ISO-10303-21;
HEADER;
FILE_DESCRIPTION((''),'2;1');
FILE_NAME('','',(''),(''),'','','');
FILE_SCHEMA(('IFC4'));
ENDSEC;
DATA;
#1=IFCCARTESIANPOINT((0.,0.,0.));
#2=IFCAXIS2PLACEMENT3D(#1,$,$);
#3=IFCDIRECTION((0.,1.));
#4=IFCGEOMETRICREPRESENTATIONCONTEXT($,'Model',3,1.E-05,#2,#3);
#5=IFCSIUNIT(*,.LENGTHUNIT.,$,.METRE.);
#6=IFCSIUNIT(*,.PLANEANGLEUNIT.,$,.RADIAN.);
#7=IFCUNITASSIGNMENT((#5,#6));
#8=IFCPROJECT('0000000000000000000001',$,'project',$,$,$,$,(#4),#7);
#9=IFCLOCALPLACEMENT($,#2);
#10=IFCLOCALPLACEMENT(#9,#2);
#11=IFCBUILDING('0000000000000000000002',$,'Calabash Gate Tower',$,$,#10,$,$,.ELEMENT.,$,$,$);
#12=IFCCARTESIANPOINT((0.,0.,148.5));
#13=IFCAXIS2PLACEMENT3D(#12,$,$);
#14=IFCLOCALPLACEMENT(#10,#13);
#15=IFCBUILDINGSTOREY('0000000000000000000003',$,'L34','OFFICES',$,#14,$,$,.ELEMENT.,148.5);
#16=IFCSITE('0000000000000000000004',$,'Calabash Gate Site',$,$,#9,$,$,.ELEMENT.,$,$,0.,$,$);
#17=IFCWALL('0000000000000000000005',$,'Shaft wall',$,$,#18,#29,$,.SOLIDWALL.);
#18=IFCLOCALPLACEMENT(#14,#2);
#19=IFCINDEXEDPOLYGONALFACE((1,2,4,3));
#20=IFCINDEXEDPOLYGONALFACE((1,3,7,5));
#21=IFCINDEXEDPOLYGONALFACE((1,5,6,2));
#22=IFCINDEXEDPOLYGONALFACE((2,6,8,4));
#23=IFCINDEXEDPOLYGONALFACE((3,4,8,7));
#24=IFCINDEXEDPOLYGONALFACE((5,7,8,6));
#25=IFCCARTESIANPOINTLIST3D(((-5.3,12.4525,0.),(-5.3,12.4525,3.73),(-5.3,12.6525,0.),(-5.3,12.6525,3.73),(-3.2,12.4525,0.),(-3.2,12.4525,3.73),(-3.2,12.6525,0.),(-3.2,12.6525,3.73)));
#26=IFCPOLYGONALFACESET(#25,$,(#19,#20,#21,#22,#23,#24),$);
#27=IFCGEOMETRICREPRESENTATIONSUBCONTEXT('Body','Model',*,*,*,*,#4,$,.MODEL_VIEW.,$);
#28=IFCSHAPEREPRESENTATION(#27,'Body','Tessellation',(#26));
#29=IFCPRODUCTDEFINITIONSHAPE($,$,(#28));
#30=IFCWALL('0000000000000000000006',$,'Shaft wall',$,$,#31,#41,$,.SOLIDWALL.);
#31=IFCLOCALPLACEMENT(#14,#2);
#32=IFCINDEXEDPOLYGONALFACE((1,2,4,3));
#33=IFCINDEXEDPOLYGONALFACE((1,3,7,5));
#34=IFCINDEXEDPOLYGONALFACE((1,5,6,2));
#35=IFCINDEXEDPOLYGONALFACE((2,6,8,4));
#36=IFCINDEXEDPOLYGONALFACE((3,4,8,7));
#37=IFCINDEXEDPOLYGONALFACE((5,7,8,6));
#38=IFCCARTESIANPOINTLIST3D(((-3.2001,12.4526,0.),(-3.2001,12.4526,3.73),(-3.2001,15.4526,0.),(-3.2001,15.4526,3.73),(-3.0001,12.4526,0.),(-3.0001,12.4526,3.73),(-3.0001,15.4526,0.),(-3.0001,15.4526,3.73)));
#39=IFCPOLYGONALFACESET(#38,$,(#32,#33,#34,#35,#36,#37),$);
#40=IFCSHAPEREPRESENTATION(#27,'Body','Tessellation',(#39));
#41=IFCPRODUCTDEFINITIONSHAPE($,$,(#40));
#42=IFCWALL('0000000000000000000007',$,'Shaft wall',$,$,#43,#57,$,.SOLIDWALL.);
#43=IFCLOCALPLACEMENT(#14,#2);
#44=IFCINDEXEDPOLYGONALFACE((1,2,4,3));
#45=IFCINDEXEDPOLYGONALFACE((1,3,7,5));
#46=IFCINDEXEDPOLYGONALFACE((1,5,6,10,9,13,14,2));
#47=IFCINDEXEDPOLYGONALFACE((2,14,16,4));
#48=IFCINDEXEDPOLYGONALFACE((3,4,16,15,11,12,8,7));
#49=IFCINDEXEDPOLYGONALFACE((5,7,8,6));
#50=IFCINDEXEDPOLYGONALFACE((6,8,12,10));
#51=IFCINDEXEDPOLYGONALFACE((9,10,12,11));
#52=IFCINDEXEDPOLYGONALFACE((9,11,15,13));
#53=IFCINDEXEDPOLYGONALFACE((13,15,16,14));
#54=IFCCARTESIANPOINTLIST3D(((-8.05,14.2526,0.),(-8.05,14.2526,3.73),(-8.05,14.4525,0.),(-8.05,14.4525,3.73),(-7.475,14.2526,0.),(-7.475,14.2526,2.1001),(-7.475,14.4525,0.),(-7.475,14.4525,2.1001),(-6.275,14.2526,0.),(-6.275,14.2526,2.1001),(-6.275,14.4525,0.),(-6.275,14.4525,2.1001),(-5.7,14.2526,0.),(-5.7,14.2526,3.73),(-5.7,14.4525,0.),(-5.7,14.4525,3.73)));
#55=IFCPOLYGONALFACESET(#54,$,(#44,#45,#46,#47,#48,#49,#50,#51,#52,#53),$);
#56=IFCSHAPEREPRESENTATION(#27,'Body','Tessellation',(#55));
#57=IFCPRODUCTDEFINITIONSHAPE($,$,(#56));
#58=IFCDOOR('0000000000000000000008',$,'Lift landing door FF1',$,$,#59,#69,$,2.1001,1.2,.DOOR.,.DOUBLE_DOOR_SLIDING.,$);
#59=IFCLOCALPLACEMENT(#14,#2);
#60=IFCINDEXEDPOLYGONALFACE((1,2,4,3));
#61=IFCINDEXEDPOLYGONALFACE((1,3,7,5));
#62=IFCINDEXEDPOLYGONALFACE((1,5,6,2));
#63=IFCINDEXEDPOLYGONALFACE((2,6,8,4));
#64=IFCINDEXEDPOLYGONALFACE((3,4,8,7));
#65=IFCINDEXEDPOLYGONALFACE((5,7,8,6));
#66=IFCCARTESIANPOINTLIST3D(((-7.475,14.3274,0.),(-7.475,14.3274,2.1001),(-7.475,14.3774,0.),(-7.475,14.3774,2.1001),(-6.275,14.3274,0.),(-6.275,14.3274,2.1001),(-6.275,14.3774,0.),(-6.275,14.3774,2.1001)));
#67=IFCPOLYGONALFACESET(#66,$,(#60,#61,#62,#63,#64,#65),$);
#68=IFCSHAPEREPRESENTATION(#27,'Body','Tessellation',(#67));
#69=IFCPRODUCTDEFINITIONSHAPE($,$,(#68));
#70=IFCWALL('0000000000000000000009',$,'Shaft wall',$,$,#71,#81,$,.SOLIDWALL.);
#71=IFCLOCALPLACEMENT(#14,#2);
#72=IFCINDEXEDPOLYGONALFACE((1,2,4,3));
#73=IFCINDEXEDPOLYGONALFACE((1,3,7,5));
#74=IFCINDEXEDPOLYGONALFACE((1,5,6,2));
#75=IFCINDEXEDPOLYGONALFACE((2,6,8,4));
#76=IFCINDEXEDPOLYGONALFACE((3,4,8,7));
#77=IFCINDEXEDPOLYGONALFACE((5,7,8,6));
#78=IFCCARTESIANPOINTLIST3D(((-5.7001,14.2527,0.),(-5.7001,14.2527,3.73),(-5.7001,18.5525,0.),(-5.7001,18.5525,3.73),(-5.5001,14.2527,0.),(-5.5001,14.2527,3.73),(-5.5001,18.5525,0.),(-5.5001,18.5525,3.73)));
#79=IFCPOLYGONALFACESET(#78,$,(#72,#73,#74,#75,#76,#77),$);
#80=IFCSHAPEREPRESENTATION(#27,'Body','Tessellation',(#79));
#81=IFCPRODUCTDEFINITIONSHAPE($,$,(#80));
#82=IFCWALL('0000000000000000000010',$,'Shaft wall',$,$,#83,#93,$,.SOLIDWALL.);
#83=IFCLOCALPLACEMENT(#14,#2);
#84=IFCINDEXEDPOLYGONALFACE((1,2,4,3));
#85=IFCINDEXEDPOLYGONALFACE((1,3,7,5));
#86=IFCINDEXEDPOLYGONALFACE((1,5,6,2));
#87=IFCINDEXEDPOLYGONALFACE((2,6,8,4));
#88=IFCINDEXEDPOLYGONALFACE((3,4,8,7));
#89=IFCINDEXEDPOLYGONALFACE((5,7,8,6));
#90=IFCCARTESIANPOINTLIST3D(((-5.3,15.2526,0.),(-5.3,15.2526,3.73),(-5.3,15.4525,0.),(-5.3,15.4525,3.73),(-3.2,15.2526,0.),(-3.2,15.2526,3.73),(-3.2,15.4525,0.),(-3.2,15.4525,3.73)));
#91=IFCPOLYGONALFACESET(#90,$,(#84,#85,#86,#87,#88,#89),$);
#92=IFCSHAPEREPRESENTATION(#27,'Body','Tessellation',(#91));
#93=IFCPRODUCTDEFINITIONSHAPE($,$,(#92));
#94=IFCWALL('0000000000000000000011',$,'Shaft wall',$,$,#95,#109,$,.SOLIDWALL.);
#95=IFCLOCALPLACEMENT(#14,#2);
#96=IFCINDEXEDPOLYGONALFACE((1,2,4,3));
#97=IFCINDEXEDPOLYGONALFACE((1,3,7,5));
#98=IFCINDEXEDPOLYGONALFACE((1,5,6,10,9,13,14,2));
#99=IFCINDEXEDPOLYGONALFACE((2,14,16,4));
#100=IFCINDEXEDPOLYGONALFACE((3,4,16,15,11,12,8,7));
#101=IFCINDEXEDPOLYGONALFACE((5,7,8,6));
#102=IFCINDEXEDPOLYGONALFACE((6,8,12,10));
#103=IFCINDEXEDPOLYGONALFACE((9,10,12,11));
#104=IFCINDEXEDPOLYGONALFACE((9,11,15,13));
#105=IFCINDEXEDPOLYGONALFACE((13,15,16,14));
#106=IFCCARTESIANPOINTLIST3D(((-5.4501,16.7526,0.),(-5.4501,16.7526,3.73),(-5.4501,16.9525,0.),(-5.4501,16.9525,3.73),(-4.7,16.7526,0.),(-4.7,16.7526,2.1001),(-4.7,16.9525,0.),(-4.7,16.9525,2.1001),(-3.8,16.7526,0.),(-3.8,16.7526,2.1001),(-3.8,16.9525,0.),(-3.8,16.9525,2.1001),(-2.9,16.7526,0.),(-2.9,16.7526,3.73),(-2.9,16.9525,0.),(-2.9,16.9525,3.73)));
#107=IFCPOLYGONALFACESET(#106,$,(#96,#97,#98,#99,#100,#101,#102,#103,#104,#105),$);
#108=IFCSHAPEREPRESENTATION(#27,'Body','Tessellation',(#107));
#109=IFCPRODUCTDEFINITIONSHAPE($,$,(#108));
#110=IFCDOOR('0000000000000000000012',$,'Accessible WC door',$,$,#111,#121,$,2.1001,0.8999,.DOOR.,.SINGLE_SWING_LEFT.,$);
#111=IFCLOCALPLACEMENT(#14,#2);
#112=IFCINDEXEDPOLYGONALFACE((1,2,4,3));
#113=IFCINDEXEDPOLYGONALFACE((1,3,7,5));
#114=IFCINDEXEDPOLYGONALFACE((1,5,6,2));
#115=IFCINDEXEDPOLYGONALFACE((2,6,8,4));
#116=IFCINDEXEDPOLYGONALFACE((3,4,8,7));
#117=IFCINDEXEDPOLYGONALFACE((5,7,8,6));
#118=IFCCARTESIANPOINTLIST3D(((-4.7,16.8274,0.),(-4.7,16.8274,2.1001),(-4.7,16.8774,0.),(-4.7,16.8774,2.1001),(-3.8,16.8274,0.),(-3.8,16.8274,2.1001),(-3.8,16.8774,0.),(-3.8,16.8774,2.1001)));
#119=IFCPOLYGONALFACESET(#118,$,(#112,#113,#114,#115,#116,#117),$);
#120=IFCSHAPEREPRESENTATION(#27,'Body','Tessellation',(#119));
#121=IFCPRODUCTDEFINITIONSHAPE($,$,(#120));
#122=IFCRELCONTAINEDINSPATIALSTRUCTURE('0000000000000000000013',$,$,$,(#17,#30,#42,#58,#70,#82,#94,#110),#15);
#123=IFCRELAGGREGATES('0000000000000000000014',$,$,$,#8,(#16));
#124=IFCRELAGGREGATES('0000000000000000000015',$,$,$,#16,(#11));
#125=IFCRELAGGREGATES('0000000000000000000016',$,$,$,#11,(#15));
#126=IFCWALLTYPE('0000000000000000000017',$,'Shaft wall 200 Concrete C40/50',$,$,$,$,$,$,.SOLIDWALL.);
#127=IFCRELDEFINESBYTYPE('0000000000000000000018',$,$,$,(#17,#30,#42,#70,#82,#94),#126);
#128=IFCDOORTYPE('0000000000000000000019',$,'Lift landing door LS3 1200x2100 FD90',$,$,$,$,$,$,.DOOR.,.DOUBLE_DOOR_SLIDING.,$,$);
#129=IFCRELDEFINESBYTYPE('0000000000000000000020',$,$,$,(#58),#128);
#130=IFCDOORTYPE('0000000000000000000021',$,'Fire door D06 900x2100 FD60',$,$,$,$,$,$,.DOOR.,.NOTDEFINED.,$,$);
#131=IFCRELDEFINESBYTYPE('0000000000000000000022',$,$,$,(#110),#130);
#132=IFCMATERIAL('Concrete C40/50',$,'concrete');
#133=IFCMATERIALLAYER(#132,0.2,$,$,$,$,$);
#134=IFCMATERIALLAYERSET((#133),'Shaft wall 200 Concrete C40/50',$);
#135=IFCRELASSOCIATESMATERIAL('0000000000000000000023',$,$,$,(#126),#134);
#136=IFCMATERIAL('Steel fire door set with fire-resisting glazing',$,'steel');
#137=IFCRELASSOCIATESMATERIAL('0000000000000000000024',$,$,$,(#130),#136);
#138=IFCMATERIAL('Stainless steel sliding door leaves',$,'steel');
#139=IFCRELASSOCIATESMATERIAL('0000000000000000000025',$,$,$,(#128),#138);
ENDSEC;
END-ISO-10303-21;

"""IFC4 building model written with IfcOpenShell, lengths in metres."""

from ifc_helpers import new_model, si_unit, direction, frame, frame_2d, origin, place, context, subcontext, project, spatial, rectangle, extrude, material, layer, layer_set, type_object, element, fill, save


model = new_model("IFC4")

# Units and contexts
model_context = context("Model", 3, precision=1e-05, world=origin(), true_north=direction((0.0, 1.0)))
body_context = subcontext(model_context, "Body", "Model", "MODEL_VIEW")
ifc_project = project(units=[si_unit("LENGTHUNIT", "METRE"), si_unit("PLANEANGLEUNIT", "RADIAN")], contexts=[model_context])

# Site, building, storey
site_placement = place(None, origin())
site = spatial("IfcSite", under=ifc_project, at=site_placement, Name="Calabash Gate Site", CompositionType="ELEMENT", RefElevation=0.0)
building_placement = place(site_placement, origin())
building = spatial("IfcBuilding", under=site, at=building_placement, Name="Calabash Gate Tower", CompositionType="ELEMENT")
storey_placement = place(building_placement, frame((0.0, 0.0, 148.5)))
storey = spatial("IfcBuildingStorey", under=building, at=storey_placement, Name="L34", Description="OFFICES", CompositionType="ELEMENT", Elevation=148.5)

# Shared definitions
ifc_material_1 = material(Name="Concrete C40/50", Category="concrete")
ifc_layer_1 = layer(ifc_material_1, 0.2)
ifc_layer_set_1 = layer_set([ifc_layer_1], Name="Shaft wall 200 Concrete C40/50")
wall_type_1 = type_object("IfcWallType", Name="Shaft wall 200 Concrete C40/50", PredefinedType="SOLIDWALL", material=ifc_layer_set_1)

# Shared definitions
ifc_material_2 = material(Name="Steel fire door set with fire-resisting glazing", Category="steel")
door_type_1 = type_object("IfcDoorType", Name="Fire door D06 900x2100 FD60", OperationType="NOTDEFINED", PredefinedType="DOOR", material=ifc_material_2)

# Walls
wall_1_placement = place(storey_placement, frame((-5.3, 12.5525, 0.0), z_axis=(0.0, 0.0, 1.0), x_axis=(1.0, 0.0, 0.0)))
element("IfcWall", 1, at=wall_1_placement, inside=storey, type_object=wall_type_1, Name="Shaft wall", PredefinedType="SOLIDWALL", context=body_context, shape_type="SweptSolid", body=[
    extrude(rectangle(XDim=2.1001, YDim=0.2, at=frame_2d((1.05, 0.0))), origin(), (0.0, 0.0, 1.0), 3.73),
])
wall_2_placement = place(storey_placement, frame((-3.1001, 12.4526, 0.0), z_axis=(0.0, 0.0, 1.0), x_axis=(0.0, 1.0, 0.0)))
element("IfcWall", 2, at=wall_2_placement, inside=storey, type_object=wall_type_1, Name="Shaft wall", PredefinedType="SOLIDWALL", context=body_context, shape_type="SweptSolid", body=[
    extrude(rectangle(XDim=3.0, YDim=0.2, at=frame_2d((1.5, 0.0))), origin(), (0.0, 0.0, 1.0), 3.73),
])

# Wall, opening, door
wall_3_placement = place(storey_placement, frame((-8.05, 14.3525, 0.0), z_axis=(0.0, 0.0, 1.0), x_axis=(1.0, 0.0, 0.0)))
wall_3 = element("IfcWall", 3, at=wall_3_placement, inside=storey, type_object=wall_type_1, Name="Shaft wall", PredefinedType="SOLIDWALL", context=body_context, shape_type="SweptSolid", body=[
    extrude(rectangle(XDim=2.3501, YDim=0.2, at=frame_2d((1.175, 0.0))), origin(), (0.0, 0.0, 1.0), 3.73),
])
opening_1_placement = place(wall_3_placement, frame((0.575, 0.0, 0.0)))
opening_1 = element("IfcOpeningElement", 4, at=opening_1_placement, cuts=wall_3, PredefinedType="OPENING", context=body_context, shape_type="SweptSolid", body=[
    extrude(rectangle(XDim=1.2, YDim=2.1001, at=frame_2d((0.6001, 1.05))), frame((0.0, 0.1099, 0.0), z_axis=(0.0, -1.0, 0.0), x_axis=(1.0, 0.0, 0.0)), (0.0, 0.0, 1.0), 0.22),
])
ifc_material_3 = material(Name="Stainless steel sliding door leaves", Category="steel")
door_type_2 = type_object("IfcDoorType", Name="Lift landing door LS3 1200x2100 FD90", OperationType="DOUBLE_DOOR_SLIDING", PredefinedType="DOOR", material=ifc_material_3)
door_1_placement = place(opening_1_placement, origin())
door_1 = element("IfcDoor", 5, at=door_1_placement, inside=storey, type_object=door_type_2, Name="Lift landing door FF1", OperationType="DOUBLE_DOOR_SLIDING", OverallHeight=2.1001, OverallWidth=1.2, PredefinedType="DOOR", context=body_context, shape_type="SweptSolid", body=[
    extrude(rectangle(XDim=1.2, YDim=2.1001, at=frame_2d((0.6001, 1.05))), frame((0.0, 0.0249, 0.0), z_axis=(0.0, -1.0, 0.0), x_axis=(1.0, 0.0, 0.0)), (0.0, 0.0, 1.0), 0.05),
])
fill(opening_1, door_1)

# Walls
wall_4_placement = place(storey_placement, frame((-5.6001, 14.2527, 0.0), z_axis=(0.0, 0.0, 1.0), x_axis=(0.0, 1.0, 0.0)))
element("IfcWall", 6, at=wall_4_placement, inside=storey, type_object=wall_type_1, Name="Shaft wall", PredefinedType="SOLIDWALL", context=body_context, shape_type="SweptSolid", body=[
    extrude(rectangle(XDim=4.2998, YDim=0.2, at=frame_2d((2.1499, 0.0))), origin(), (0.0, 0.0, 1.0), 3.73),
])
wall_5_placement = place(storey_placement, frame((-5.3, 15.3525, 0.0), z_axis=(0.0, 0.0, 1.0), x_axis=(1.0, 0.0, 0.0)))
element("IfcWall", 7, at=wall_5_placement, inside=storey, type_object=wall_type_1, Name="Shaft wall", PredefinedType="SOLIDWALL", context=body_context, shape_type="SweptSolid", body=[
    extrude(rectangle(XDim=2.1001, YDim=0.2, at=frame_2d((1.05, 0.0))), origin(), (0.0, 0.0, 1.0), 3.73),
])

# Wall, opening, door
wall_6_placement = place(storey_placement, frame((-5.45, 16.8525, 0.0), z_axis=(0.0, 0.0, 1.0), x_axis=(1.0, 0.0, 0.0)))
wall_6 = element("IfcWall", 8, at=wall_6_placement, inside=storey, type_object=wall_type_1, Name="Shaft wall", PredefinedType="SOLIDWALL", context=body_context, shape_type="SweptSolid", body=[
    extrude(rectangle(XDim=2.55, YDim=0.2, at=frame_2d((1.2749, 0.0))), origin(), (0.0, 0.0, 1.0), 3.73),
])
opening_2_placement = place(wall_6_placement, frame((0.75, 0.0, 0.0)))
opening_2 = element("IfcOpeningElement", 9, at=opening_2_placement, cuts=wall_6, PredefinedType="OPENING", context=body_context, shape_type="SweptSolid", body=[
    extrude(rectangle(XDim=0.8999, YDim=2.1001, at=frame_2d((0.45, 1.05))), frame((0.0, 0.1099, 0.0), z_axis=(0.0, -1.0, 0.0), x_axis=(1.0, 0.0, 0.0)), (0.0, 0.0, 1.0), 0.22),
])
door_2_placement = place(opening_2_placement, origin())
door_2 = element("IfcDoor", 10, at=door_2_placement, inside=storey, type_object=door_type_1, Name="Accessible WC door", OperationType="SINGLE_SWING_LEFT", OverallHeight=2.1001, OverallWidth=0.8999, PredefinedType="DOOR", context=body_context, shape_type="SweptSolid", body=[
    extrude(rectangle(XDim=0.8999, YDim=2.1001, at=frame_2d((0.45, 1.05))), frame((0.0, 0.0249, 0.0), z_axis=(0.0, -1.0, 0.0), x_axis=(1.0, 0.0, 0.0)), (0.0, 0.0, 1.0), 0.05),
])
fill(opening_2, door_2)

save(model, "model.ifc")
